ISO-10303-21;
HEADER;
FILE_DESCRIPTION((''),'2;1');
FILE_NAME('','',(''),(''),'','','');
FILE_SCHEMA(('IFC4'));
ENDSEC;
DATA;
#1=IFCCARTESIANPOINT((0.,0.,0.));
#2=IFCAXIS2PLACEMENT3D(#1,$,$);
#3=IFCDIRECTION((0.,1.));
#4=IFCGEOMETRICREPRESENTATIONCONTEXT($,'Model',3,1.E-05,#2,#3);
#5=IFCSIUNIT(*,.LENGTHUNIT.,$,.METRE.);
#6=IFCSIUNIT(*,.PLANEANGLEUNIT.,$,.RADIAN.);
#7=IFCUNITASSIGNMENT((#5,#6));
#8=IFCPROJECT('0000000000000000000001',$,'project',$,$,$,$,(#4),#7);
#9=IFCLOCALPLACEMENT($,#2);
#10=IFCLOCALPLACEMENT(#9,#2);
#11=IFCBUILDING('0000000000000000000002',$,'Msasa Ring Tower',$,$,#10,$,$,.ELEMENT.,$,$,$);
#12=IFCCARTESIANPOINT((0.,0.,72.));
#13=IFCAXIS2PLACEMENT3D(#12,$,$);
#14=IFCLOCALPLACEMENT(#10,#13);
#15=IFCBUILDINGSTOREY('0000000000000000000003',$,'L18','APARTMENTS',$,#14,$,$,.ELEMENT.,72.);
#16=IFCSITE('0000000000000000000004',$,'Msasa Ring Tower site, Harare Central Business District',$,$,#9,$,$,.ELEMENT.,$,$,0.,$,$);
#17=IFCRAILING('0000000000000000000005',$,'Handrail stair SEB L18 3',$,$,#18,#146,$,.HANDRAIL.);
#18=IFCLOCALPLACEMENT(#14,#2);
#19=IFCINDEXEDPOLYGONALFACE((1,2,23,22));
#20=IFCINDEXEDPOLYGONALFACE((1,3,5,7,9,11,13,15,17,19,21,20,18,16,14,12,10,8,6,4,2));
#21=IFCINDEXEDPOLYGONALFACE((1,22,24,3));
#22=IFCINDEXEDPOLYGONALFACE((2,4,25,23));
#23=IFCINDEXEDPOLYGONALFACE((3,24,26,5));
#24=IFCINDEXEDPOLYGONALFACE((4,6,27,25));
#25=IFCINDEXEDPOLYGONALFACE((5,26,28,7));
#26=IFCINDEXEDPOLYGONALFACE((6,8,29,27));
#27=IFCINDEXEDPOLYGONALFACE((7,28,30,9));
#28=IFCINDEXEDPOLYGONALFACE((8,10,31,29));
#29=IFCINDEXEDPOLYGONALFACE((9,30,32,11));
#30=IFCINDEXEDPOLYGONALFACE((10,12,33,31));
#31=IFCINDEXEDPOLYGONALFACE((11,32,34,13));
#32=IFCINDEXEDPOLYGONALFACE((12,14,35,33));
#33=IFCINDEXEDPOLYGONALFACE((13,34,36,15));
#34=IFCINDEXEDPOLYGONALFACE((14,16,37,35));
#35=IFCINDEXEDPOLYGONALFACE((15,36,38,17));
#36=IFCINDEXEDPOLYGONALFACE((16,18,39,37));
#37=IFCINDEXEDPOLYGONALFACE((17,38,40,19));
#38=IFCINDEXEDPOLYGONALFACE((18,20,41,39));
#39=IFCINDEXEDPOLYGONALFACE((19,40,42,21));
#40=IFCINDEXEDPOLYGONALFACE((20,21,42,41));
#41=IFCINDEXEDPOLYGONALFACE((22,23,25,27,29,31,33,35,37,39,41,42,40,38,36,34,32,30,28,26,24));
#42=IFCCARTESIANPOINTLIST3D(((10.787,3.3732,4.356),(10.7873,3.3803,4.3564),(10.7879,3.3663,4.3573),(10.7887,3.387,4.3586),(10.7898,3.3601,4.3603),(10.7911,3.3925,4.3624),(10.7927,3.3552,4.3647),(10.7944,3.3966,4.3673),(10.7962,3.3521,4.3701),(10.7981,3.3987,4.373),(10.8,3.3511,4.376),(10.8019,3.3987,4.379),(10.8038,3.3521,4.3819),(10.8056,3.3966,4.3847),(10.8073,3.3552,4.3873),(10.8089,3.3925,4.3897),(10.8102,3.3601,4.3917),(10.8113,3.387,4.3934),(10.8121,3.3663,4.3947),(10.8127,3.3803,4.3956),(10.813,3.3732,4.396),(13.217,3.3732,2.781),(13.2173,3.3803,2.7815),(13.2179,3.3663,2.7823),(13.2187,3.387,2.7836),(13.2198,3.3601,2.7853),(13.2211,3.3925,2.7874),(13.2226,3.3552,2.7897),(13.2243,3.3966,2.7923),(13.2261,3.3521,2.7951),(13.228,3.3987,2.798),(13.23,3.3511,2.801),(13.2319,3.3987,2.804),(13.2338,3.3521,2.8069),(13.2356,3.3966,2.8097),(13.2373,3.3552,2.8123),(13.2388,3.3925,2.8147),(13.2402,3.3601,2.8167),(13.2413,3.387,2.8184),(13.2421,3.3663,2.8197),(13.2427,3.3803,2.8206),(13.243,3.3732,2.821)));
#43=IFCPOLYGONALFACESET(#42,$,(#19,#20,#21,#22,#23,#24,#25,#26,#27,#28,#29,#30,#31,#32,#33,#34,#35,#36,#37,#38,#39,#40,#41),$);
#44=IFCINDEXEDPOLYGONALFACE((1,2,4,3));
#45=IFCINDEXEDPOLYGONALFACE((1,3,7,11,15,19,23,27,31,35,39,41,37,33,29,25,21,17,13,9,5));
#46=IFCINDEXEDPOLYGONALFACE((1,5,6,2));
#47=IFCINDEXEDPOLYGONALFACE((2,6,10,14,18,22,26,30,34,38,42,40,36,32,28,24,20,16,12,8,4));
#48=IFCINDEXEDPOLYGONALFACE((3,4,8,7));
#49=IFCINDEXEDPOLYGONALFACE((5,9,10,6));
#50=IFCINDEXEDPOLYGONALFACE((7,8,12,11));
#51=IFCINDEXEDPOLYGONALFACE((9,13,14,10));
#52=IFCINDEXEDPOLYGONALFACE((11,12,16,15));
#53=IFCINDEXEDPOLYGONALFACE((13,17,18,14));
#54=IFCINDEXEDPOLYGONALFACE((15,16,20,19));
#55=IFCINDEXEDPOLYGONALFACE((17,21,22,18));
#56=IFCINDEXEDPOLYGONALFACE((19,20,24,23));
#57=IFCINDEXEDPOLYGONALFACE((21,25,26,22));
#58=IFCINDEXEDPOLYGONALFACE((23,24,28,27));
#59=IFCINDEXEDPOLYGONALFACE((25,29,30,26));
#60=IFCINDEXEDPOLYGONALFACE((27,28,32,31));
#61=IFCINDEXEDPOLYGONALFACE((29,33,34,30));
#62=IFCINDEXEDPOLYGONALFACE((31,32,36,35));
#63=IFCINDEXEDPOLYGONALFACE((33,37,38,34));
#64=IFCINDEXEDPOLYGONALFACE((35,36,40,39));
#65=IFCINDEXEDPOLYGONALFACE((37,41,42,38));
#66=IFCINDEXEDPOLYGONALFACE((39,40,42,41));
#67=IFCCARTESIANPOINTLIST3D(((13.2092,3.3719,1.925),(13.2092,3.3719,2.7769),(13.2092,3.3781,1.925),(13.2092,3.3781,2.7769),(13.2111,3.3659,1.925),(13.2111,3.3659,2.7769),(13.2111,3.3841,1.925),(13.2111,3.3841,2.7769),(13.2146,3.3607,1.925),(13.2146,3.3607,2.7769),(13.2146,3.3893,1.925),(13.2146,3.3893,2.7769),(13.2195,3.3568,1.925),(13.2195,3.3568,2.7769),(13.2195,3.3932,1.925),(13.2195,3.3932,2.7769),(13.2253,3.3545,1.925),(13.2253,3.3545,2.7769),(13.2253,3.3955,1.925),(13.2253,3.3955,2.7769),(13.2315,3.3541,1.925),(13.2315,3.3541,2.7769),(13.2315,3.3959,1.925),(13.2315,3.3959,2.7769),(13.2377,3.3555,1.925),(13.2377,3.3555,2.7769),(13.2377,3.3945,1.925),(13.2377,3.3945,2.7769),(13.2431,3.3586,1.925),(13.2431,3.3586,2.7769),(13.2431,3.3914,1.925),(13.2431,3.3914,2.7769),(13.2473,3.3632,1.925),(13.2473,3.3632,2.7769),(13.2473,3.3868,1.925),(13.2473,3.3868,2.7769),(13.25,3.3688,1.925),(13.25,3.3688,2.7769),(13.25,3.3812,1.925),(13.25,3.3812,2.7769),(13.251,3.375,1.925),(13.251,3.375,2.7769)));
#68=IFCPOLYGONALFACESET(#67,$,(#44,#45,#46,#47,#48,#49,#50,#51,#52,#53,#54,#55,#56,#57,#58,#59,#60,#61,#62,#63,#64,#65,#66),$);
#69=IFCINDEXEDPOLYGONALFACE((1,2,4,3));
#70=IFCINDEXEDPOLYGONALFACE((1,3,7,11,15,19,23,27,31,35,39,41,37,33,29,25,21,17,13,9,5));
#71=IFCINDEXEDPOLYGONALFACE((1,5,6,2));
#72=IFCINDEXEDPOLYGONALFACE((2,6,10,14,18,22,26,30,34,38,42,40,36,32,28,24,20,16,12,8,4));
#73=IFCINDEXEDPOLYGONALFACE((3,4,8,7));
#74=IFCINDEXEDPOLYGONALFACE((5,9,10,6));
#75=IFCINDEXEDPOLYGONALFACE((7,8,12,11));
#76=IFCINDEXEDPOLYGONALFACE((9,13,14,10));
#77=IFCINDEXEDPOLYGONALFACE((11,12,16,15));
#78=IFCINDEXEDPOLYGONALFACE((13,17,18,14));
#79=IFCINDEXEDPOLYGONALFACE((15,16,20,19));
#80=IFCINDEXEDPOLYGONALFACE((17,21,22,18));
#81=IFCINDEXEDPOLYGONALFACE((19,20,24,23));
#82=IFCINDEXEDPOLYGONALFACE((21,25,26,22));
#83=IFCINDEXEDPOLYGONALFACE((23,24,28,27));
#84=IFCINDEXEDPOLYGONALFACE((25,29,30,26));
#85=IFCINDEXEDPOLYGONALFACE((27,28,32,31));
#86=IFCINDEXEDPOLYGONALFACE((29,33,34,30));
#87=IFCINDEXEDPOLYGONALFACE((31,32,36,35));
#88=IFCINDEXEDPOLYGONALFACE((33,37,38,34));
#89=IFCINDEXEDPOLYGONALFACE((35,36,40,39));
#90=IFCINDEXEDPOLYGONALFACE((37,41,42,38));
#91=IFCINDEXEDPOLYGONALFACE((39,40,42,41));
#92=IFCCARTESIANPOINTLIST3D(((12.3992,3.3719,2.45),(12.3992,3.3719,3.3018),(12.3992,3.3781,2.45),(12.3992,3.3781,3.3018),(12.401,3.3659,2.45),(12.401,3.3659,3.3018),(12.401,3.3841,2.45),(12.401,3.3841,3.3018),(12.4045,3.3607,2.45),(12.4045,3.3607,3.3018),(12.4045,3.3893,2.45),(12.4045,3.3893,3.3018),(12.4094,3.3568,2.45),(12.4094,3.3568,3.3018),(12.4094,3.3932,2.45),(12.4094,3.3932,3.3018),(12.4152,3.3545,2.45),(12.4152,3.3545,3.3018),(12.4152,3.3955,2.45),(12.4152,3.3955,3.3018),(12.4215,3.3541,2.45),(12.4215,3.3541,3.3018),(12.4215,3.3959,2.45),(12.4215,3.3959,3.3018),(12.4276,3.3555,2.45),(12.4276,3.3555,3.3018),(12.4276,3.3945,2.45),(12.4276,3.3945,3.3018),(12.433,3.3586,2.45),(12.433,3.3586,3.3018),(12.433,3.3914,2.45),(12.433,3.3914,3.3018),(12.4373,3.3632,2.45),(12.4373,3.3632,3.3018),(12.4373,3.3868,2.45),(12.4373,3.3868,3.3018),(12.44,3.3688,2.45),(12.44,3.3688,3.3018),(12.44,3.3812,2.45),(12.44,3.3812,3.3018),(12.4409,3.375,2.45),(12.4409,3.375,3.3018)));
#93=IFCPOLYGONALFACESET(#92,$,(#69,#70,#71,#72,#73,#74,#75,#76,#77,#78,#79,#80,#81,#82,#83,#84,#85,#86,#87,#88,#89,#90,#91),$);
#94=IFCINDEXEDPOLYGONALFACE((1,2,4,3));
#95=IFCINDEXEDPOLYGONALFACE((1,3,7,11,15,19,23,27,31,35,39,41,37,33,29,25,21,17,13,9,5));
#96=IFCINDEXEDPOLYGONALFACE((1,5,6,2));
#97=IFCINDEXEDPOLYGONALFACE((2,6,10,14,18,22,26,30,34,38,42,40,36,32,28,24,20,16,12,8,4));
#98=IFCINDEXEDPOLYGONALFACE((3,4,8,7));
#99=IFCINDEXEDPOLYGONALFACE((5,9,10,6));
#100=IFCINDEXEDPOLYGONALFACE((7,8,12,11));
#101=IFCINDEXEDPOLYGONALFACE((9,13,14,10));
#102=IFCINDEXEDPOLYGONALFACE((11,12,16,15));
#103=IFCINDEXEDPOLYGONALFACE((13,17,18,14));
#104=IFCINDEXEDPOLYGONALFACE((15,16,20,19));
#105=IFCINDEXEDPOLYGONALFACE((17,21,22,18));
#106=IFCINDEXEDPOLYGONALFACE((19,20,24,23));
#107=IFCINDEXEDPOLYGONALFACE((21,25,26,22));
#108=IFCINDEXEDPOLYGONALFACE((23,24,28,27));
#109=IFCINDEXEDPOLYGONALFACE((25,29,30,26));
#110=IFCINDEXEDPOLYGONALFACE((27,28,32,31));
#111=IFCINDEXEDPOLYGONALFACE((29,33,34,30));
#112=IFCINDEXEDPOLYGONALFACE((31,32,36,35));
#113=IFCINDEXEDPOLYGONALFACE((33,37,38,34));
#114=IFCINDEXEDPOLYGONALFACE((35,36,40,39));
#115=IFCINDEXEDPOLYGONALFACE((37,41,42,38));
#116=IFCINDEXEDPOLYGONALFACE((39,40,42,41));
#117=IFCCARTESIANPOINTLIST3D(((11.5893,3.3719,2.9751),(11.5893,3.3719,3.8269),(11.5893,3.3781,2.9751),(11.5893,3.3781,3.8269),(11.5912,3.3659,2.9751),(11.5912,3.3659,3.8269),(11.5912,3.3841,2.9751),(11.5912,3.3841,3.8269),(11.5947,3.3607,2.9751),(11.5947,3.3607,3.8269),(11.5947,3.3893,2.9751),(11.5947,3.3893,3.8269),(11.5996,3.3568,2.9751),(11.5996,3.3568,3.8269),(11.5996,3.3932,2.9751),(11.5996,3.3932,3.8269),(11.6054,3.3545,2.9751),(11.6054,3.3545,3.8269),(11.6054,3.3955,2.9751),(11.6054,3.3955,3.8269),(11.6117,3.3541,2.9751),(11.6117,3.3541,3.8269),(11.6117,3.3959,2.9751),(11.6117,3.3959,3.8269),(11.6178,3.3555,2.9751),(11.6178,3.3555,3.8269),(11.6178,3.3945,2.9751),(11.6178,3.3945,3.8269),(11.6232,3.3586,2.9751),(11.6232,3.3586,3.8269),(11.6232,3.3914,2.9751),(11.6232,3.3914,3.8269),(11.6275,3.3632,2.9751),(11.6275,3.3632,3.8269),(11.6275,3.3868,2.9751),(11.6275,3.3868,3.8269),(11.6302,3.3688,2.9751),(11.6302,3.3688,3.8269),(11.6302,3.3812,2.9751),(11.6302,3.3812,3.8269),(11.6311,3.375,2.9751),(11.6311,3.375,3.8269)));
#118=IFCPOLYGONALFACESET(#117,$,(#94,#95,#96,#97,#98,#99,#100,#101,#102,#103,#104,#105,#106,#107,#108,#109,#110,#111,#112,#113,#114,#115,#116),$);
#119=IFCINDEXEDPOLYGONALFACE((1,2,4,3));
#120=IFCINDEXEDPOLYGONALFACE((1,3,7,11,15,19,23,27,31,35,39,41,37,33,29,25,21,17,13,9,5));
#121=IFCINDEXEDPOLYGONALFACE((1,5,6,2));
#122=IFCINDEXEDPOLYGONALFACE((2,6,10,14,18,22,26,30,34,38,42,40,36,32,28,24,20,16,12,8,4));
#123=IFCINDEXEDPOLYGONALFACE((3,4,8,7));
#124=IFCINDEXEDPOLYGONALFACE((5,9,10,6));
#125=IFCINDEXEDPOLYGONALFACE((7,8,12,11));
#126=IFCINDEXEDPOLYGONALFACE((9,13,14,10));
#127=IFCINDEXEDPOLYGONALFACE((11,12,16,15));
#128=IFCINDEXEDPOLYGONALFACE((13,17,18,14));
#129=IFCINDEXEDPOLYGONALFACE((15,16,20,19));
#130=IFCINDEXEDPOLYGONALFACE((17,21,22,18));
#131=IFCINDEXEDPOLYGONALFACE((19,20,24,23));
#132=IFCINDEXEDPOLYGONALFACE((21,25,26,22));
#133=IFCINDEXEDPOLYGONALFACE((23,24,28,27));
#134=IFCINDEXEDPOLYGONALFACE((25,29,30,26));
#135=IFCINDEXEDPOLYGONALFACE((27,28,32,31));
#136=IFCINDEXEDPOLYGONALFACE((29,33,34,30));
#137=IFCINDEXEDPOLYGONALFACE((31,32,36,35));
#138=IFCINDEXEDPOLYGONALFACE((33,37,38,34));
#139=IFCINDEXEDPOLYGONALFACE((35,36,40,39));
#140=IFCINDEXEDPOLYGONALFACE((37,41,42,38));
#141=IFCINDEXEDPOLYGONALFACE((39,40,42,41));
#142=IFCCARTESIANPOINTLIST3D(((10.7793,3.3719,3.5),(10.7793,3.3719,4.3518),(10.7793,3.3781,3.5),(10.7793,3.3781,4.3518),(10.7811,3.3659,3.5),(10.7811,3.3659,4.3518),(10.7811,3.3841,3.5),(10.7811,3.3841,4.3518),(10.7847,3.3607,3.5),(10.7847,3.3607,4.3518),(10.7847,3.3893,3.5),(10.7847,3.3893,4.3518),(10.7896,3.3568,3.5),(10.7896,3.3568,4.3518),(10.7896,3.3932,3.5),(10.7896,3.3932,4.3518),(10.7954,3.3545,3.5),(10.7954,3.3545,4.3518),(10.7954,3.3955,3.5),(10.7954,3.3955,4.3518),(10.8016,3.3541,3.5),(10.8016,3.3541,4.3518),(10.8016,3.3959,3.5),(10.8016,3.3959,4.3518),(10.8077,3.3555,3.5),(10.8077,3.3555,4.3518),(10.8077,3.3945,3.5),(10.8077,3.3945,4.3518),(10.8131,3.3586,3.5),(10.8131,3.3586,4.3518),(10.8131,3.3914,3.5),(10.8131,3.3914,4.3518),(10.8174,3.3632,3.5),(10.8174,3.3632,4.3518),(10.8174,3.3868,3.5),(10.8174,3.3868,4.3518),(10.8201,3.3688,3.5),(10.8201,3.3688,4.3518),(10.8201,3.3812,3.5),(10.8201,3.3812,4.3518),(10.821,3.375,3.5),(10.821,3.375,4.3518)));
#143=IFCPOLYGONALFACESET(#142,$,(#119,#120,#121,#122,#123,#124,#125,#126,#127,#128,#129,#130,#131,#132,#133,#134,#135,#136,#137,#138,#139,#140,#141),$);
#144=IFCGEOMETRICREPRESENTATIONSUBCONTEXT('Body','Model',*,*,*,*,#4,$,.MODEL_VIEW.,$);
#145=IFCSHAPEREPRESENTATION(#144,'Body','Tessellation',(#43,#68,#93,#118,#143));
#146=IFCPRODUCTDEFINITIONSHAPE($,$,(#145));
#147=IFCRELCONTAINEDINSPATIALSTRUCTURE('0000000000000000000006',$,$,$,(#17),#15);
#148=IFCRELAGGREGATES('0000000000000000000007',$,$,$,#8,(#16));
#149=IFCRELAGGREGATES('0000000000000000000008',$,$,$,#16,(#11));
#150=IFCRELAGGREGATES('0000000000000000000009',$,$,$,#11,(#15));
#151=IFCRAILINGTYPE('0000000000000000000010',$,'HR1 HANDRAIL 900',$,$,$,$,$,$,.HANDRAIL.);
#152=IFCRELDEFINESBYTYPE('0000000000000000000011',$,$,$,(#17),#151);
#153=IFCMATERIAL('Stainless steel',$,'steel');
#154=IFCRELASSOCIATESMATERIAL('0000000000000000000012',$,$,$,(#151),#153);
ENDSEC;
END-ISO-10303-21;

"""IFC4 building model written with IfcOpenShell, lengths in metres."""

from ifc_helpers import new_model, si_unit, direction, frame, origin, origin_2d, place, context, subcontext, project, spatial, circle, extrude, material, type_object, element, save


model = new_model("IFC4")

# Units and contexts
model_context = context("Model", 3, precision=1e-05, world=origin(), true_north=direction((0.0, 1.0)))
body_context = subcontext(model_context, "Body", "Model", "MODEL_VIEW")
ifc_project = project(units=[si_unit("LENGTHUNIT", "METRE"), si_unit("PLANEANGLEUNIT", "RADIAN")], contexts=[model_context])

# Site, building, storey
site_placement = place(None, origin())
site = spatial("IfcSite", under=ifc_project, at=site_placement, Name="Msasa Ring Tower site, Harare Central Business District", CompositionType="ELEMENT", RefElevation=0.0)
building_placement = place(site_placement, origin())
building = spatial("IfcBuilding", under=site, at=building_placement, Name="Msasa Ring Tower", CompositionType="ELEMENT")
storey_placement = place(building_placement, frame((0.0, 0.0, 72.0)))
storey = spatial("IfcBuildingStorey", under=building, at=storey_placement, Name="L18", Description="APARTMENTS", CompositionType="ELEMENT", Elevation=72.0)

# Railing
ifc_material_1 = material(Name="Stainless steel", Category="steel")
railing_type = type_object("IfcRailingType", Name="HR1 HANDRAIL 900", PredefinedType="HANDRAIL", material=ifc_material_1)
for number, where, name in (
    (1, (13.23, 3.375, 1.925), "Handrail stair SEB L18 3"),
):
    element("IfcRailing", number, at=place(storey_placement, frame(where)), inside=storey, type_object=railing_type, Name=name, PredefinedType="HANDRAIL", context=body_context, shape_type="SweptSolid", body=[
        extrude(circle(Radius=0.0239, at=origin_2d()), frame((0.0, 0.0, 0.876), z_axis=(-0.839154, 0.0, 0.543894), x_axis=(0.0, -1.0, 0.0)), (0.0, 0.0, 1.0), 2.8958),
        extrude(circle(Radius=0.021, at=origin_2d()), origin(), (0.0, 0.0, 1.0), 0.8518),
        extrude(circle(Radius=0.021, at=origin_2d()), frame((-0.8101, 0.0, 0.5249)), (0.0, 0.0, 1.0), 0.8518),
        extrude(circle(Radius=0.021, at=origin_2d()), frame((-1.6199, 0.0, 1.05)), (0.0, 0.0, 1.0), 0.8518),
        extrude(circle(Radius=0.021, at=origin_2d()), frame((-2.4299, 0.0, 1.575)), (0.0, 0.0, 1.0), 0.8518),
    ])

save(model, "model.ifc")
